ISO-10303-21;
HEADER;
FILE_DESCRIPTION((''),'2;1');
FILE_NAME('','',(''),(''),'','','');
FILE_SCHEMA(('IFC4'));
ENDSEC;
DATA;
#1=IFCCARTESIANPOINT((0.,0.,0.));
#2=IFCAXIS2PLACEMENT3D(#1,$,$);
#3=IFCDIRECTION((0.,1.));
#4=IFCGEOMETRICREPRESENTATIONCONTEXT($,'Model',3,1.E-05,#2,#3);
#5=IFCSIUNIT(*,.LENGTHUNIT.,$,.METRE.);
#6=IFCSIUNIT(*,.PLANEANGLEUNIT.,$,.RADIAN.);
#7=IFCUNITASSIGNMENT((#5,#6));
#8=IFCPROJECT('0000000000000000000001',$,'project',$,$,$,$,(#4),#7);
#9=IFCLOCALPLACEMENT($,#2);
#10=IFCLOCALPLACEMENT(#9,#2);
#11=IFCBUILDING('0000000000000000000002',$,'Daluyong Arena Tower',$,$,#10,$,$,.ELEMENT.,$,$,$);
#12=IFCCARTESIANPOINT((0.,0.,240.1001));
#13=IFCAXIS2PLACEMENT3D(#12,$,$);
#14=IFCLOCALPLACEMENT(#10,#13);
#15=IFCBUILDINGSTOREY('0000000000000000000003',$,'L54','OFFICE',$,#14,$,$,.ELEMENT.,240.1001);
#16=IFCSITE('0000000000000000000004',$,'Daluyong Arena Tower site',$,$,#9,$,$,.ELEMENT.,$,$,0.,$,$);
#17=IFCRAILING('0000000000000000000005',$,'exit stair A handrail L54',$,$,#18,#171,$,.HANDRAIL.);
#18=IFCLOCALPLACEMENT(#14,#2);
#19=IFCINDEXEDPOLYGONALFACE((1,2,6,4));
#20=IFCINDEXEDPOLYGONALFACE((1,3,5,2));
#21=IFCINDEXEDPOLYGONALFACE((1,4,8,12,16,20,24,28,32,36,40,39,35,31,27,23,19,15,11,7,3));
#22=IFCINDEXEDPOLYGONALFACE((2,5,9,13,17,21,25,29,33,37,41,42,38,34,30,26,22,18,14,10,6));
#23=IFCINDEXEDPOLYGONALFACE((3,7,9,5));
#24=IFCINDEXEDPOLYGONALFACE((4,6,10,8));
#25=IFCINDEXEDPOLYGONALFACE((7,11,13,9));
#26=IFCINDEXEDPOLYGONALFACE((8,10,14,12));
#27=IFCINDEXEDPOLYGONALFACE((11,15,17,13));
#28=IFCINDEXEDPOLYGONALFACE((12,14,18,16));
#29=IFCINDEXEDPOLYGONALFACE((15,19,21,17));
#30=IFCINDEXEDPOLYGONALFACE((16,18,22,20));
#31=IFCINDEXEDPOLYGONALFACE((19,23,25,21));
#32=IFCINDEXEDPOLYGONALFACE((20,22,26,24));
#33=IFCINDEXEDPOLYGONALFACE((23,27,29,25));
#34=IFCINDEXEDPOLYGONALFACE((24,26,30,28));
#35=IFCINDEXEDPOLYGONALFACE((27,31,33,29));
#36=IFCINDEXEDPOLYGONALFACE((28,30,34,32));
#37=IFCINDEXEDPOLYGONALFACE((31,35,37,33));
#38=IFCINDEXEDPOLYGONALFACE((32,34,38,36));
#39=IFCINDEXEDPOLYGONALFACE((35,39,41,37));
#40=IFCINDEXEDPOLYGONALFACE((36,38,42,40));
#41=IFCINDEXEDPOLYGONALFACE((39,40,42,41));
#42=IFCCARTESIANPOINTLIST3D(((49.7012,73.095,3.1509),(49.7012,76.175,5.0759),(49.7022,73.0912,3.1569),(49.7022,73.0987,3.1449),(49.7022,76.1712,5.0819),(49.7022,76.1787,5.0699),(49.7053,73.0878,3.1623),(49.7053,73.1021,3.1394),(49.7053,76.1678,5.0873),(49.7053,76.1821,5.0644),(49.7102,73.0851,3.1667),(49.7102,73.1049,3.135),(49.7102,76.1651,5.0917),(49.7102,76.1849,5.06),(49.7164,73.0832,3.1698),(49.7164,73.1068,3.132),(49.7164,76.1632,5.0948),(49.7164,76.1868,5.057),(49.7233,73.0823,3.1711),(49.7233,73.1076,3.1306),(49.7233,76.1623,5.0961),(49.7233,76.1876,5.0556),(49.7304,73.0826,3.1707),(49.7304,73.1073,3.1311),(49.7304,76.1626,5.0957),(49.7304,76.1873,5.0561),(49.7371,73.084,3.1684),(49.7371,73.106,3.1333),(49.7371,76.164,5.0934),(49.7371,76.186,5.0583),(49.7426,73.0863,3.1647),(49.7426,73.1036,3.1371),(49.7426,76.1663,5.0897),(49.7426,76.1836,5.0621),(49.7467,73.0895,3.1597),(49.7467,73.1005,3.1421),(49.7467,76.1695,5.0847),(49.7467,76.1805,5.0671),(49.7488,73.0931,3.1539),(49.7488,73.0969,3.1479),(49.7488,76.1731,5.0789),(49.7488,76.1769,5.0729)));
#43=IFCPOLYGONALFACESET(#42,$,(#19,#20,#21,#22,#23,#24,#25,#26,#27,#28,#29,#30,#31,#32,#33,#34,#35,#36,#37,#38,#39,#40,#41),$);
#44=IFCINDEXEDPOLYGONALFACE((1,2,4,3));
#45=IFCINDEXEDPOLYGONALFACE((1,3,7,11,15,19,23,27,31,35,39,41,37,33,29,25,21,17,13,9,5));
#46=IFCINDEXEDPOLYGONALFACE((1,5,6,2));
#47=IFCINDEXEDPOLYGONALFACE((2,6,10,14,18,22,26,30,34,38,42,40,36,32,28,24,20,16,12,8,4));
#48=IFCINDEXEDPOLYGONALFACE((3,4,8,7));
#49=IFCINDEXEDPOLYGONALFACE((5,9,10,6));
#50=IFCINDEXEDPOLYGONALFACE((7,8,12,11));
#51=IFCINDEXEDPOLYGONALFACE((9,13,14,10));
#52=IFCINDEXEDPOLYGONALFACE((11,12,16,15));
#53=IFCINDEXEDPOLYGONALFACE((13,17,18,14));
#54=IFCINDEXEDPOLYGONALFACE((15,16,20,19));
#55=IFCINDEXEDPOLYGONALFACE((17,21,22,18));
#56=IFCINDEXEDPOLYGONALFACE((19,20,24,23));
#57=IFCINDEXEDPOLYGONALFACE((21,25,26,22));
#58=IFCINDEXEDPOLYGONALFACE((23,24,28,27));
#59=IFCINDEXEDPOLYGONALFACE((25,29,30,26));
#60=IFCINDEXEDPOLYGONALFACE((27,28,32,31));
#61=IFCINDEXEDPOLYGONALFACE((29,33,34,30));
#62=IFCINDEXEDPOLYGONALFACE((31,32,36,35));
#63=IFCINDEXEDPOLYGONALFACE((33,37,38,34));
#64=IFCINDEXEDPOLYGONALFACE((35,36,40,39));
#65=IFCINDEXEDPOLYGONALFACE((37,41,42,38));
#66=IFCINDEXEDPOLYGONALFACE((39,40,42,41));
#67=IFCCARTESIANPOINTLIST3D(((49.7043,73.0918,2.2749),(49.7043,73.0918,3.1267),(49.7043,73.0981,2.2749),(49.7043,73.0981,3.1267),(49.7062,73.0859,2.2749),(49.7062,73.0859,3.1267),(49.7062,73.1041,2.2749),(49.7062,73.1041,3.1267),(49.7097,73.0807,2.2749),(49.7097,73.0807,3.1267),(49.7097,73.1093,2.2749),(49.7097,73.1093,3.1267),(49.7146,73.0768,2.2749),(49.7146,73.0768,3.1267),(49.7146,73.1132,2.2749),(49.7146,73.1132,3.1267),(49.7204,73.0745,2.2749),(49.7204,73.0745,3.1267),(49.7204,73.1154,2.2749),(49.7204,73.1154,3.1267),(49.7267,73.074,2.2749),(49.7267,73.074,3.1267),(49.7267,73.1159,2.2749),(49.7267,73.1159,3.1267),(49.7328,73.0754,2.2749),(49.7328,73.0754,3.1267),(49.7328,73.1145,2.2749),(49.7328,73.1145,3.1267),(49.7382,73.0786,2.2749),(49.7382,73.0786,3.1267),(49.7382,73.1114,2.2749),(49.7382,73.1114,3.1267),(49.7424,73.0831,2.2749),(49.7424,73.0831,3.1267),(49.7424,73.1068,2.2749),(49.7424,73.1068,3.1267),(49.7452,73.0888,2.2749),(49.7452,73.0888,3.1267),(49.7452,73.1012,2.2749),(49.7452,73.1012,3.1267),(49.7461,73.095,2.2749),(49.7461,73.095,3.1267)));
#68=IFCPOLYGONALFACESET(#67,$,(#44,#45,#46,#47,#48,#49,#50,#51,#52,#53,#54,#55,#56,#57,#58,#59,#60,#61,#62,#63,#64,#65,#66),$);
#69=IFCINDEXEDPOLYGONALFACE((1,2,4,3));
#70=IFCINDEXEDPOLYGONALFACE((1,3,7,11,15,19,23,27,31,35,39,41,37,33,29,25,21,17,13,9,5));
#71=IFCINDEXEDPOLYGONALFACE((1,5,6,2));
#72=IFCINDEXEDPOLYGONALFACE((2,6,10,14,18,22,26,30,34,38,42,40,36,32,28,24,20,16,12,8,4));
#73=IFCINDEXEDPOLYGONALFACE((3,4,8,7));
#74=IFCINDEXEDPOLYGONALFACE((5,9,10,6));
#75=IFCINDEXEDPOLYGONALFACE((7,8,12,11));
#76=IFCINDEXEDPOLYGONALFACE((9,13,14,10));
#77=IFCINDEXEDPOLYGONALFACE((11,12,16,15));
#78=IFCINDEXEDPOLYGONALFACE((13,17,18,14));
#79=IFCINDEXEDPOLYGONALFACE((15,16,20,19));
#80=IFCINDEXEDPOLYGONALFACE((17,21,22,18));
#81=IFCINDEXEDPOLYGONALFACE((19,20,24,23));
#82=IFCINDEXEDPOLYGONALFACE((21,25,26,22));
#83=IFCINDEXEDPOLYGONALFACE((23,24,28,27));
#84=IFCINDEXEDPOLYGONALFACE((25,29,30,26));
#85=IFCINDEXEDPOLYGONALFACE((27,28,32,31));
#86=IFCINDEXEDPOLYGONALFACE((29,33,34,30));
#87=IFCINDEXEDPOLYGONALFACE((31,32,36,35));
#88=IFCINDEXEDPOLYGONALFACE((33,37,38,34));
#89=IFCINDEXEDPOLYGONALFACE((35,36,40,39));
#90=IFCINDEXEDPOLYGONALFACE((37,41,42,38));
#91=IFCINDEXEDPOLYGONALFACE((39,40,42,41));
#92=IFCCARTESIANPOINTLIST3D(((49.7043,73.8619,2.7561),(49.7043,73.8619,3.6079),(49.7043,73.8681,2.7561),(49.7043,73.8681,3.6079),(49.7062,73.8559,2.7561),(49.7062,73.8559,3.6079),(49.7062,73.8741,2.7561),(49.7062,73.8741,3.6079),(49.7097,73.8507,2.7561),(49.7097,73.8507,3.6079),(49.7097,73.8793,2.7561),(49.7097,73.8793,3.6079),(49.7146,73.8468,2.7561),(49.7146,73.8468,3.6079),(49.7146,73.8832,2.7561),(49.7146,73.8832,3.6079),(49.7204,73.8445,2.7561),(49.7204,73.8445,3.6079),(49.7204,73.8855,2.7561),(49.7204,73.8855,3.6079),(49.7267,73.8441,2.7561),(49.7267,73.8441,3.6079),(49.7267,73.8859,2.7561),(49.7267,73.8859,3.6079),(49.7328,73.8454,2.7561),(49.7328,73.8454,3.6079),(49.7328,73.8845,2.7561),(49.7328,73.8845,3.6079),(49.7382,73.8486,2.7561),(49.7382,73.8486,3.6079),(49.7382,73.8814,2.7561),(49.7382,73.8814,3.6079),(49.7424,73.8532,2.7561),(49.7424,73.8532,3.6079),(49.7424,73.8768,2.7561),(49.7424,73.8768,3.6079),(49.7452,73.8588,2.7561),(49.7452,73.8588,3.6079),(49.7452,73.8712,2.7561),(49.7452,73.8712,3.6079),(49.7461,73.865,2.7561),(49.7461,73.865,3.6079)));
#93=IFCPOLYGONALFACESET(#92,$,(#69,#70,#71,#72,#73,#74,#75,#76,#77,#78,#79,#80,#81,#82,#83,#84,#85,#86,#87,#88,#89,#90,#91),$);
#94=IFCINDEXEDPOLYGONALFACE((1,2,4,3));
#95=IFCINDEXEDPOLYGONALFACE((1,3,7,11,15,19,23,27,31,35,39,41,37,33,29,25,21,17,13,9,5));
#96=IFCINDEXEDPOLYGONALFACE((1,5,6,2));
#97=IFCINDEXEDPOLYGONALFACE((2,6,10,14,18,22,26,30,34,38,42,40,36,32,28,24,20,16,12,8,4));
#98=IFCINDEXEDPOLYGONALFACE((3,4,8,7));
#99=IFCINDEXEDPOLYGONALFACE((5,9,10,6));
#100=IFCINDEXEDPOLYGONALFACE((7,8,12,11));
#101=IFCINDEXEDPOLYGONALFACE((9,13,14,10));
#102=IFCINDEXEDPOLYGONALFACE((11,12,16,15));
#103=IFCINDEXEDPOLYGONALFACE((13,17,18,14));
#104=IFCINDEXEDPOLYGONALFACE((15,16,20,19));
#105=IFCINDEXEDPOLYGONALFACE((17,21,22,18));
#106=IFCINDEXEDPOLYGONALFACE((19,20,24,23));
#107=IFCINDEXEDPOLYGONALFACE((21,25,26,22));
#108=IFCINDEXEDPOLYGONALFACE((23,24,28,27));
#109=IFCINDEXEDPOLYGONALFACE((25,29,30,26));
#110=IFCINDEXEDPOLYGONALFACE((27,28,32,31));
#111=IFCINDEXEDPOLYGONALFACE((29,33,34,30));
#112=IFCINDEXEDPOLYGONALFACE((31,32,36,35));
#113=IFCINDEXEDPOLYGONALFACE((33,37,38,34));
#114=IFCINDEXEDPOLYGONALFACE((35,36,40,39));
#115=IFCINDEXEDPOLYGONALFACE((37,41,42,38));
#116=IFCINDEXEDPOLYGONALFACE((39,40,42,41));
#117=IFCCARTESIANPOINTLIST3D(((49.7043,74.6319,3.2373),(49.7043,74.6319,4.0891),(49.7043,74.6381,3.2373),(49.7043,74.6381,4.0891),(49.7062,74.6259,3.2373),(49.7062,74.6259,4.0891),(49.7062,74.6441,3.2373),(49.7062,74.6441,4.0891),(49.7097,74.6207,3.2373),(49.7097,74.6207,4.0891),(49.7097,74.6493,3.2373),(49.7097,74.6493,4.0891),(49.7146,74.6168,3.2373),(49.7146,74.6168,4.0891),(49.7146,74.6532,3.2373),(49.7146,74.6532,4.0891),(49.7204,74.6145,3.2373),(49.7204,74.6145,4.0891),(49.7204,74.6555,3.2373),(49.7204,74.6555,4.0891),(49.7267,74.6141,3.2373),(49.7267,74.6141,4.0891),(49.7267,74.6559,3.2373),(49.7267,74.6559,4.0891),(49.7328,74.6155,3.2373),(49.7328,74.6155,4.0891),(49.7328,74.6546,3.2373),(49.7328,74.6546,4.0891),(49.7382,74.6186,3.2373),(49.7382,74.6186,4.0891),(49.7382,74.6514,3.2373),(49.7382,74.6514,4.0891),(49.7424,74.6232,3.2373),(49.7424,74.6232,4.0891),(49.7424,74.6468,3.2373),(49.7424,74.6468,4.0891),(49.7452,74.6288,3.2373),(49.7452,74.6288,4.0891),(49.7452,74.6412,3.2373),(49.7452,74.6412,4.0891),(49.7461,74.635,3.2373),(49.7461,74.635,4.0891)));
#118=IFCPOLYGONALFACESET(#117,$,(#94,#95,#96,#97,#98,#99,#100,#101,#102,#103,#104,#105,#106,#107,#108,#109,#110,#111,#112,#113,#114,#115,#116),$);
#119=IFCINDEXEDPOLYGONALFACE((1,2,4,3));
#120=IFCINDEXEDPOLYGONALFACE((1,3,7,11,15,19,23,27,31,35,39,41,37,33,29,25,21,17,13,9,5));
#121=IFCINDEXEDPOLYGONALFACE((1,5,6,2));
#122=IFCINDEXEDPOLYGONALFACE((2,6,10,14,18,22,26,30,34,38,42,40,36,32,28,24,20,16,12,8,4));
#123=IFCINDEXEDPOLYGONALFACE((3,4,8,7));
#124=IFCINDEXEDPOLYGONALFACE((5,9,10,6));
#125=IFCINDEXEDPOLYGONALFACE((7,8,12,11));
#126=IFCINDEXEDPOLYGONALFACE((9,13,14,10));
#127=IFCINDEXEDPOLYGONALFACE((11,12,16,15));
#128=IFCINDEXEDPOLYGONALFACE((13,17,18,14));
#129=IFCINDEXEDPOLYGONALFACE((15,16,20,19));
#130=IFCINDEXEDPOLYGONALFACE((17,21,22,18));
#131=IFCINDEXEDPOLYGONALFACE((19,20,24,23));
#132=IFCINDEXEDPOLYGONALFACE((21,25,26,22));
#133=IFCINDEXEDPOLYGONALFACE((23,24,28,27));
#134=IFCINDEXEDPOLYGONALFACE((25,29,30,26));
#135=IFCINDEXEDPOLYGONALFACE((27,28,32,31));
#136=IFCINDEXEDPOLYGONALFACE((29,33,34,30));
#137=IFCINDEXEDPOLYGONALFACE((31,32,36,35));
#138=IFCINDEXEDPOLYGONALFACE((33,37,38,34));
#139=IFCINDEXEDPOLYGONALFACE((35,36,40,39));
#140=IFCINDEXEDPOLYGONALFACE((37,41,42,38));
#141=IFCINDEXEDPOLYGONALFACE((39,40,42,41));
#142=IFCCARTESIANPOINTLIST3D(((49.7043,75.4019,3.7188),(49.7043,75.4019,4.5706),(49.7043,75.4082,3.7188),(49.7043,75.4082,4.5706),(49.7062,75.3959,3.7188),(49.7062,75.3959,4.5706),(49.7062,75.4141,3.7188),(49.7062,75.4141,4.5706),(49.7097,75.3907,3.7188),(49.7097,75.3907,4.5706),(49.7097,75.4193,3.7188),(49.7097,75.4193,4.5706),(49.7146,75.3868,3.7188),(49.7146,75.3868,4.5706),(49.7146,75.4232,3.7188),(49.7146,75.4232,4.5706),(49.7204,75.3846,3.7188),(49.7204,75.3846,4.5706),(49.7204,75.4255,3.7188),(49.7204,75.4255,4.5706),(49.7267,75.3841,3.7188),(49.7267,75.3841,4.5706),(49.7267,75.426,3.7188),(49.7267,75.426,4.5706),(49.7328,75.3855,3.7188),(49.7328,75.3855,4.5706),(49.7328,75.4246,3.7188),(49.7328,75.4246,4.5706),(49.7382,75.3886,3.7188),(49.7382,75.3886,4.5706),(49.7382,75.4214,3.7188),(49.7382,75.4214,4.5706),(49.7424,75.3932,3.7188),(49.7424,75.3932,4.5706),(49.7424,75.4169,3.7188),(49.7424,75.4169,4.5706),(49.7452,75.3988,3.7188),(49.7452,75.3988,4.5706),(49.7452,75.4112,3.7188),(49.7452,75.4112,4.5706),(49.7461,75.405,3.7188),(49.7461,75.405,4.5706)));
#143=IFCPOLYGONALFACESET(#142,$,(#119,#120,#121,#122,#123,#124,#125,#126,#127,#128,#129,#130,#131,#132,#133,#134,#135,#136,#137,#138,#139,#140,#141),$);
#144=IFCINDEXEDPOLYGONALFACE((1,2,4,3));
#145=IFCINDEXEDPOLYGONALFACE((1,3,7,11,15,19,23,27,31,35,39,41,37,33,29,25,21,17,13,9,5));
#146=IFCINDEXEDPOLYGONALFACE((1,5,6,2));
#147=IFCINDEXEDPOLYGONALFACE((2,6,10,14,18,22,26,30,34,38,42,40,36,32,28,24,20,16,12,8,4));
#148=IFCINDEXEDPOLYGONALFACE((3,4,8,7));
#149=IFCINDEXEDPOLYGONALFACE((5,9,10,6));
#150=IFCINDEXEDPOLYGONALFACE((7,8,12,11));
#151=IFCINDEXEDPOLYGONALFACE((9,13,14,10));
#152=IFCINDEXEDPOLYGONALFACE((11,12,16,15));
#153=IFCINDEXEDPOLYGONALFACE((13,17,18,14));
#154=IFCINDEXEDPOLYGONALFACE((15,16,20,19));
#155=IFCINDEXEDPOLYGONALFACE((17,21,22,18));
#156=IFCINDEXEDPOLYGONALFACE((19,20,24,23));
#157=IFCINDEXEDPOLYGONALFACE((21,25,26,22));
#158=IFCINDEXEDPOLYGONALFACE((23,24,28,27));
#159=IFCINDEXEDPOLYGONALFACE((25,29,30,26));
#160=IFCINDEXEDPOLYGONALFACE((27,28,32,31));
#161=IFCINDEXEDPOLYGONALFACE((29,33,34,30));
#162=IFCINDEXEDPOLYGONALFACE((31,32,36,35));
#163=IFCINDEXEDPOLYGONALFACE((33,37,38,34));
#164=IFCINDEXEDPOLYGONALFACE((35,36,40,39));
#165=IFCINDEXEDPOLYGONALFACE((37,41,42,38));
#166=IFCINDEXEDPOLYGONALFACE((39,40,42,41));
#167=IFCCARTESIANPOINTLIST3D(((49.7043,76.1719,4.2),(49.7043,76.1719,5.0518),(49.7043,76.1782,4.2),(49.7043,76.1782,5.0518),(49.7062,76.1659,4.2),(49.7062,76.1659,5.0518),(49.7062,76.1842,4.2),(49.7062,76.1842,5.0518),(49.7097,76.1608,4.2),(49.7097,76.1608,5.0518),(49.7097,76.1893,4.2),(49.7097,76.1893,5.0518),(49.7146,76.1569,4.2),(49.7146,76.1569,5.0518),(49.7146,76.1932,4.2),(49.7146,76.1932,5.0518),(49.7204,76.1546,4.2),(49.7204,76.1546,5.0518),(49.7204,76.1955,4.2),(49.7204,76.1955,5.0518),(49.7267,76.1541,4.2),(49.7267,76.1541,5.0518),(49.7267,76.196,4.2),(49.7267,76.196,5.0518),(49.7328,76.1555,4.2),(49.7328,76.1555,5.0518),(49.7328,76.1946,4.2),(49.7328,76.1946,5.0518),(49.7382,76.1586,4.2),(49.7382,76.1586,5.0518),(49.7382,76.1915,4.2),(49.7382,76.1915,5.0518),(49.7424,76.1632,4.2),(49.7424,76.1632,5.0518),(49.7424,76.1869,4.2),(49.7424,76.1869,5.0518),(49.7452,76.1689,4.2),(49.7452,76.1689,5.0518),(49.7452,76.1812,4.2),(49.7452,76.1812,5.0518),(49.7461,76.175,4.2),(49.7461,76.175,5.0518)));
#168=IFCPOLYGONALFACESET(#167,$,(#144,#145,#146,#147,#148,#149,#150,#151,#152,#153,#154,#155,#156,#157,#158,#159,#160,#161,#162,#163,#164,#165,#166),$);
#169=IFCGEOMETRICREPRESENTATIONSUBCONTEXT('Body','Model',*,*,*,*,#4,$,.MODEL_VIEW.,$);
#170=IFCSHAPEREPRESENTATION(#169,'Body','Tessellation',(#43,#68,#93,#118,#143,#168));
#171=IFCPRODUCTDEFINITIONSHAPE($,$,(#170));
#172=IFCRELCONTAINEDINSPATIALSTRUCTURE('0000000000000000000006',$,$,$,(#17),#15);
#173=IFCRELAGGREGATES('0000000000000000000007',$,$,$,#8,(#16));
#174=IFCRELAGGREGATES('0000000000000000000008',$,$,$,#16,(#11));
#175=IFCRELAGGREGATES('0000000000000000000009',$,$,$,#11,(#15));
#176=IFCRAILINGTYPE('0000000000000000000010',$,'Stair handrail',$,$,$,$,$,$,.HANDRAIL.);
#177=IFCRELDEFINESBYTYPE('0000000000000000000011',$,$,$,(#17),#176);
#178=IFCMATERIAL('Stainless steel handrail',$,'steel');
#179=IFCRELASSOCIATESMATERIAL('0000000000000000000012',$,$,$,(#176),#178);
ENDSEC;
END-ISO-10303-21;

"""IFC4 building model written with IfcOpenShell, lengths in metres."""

from ifc_helpers import new_model, si_unit, direction, frame, origin, origin_2d, place, context, subcontext, project, spatial, circle, extrude, material, type_object, element, save


model = new_model("IFC4")

# Units and contexts
model_context = context("Model", 3, precision=1e-05, world=origin(), true_north=direction((0.0, 1.0)))
body_context = subcontext(model_context, "Body", "Model", "MODEL_VIEW")
ifc_project = project(units=[si_unit("LENGTHUNIT", "METRE"), si_unit("PLANEANGLEUNIT", "RADIAN")], contexts=[model_context])

# Site, building, storey
site_placement = place(None, origin())
site = spatial("IfcSite", under=ifc_project, at=site_placement, Name="Daluyong Arena Tower site", CompositionType="ELEMENT", RefElevation=0.0)
building_placement = place(site_placement, origin())
building = spatial("IfcBuilding", under=site, at=building_placement, Name="Daluyong Arena Tower", CompositionType="ELEMENT")
storey_placement = place(building_placement, frame((0.0, 0.0, 240.1001)))
storey = spatial("IfcBuildingStorey", under=building, at=storey_placement, Name="L54", Description="OFFICE", CompositionType="ELEMENT", Elevation=240.1001)

# Railing
ifc_material_1 = material(Name="Stainless steel handrail", Category="steel")
railing_type_1 = type_object("IfcRailingType", Name="Stair handrail", PredefinedType="HANDRAIL", material=ifc_material_1)
railing_1_placement = place(storey_placement, frame((49.7251, 73.095, 2.2749)))
element("IfcRailing", 1, at=railing_1_placement, inside=storey, type_object=railing_type_1, Name="exit stair A handrail L54", PredefinedType="HANDRAIL", context=body_context, shape_type="SweptSolid", body=[
    extrude(circle(Radius=0.0239, at=origin_2d()), frame((0.0, 0.0, 0.876), z_axis=(0.0, 0.847998, 0.529999), x_axis=(-1.0, 0.0, 0.0)), (0.0, 0.0, 1.0), 3.6321),
    extrude(circle(Radius=0.021, at=origin_2d()), origin(), (0.0, 0.0, 1.0), 0.8518),
    extrude(circle(Radius=0.021, at=origin_2d()), frame((0.0, 0.77, 0.4812)), (0.0, 0.0, 1.0), 0.8518),
    extrude(circle(Radius=0.021, at=origin_2d()), frame((0.0, 1.54, 0.9624)), (0.0, 0.0, 1.0), 0.8518),
    extrude(circle(Radius=0.021, at=origin_2d()), frame((0.0, 2.3101, 1.4438)), (0.0, 0.0, 1.0), 0.8518),
    extrude(circle(Radius=0.021, at=origin_2d()), frame((0.0, 3.0801, 1.925)), (0.0, 0.0, 1.0), 0.8518),
])

save(model, "model.ifc")
